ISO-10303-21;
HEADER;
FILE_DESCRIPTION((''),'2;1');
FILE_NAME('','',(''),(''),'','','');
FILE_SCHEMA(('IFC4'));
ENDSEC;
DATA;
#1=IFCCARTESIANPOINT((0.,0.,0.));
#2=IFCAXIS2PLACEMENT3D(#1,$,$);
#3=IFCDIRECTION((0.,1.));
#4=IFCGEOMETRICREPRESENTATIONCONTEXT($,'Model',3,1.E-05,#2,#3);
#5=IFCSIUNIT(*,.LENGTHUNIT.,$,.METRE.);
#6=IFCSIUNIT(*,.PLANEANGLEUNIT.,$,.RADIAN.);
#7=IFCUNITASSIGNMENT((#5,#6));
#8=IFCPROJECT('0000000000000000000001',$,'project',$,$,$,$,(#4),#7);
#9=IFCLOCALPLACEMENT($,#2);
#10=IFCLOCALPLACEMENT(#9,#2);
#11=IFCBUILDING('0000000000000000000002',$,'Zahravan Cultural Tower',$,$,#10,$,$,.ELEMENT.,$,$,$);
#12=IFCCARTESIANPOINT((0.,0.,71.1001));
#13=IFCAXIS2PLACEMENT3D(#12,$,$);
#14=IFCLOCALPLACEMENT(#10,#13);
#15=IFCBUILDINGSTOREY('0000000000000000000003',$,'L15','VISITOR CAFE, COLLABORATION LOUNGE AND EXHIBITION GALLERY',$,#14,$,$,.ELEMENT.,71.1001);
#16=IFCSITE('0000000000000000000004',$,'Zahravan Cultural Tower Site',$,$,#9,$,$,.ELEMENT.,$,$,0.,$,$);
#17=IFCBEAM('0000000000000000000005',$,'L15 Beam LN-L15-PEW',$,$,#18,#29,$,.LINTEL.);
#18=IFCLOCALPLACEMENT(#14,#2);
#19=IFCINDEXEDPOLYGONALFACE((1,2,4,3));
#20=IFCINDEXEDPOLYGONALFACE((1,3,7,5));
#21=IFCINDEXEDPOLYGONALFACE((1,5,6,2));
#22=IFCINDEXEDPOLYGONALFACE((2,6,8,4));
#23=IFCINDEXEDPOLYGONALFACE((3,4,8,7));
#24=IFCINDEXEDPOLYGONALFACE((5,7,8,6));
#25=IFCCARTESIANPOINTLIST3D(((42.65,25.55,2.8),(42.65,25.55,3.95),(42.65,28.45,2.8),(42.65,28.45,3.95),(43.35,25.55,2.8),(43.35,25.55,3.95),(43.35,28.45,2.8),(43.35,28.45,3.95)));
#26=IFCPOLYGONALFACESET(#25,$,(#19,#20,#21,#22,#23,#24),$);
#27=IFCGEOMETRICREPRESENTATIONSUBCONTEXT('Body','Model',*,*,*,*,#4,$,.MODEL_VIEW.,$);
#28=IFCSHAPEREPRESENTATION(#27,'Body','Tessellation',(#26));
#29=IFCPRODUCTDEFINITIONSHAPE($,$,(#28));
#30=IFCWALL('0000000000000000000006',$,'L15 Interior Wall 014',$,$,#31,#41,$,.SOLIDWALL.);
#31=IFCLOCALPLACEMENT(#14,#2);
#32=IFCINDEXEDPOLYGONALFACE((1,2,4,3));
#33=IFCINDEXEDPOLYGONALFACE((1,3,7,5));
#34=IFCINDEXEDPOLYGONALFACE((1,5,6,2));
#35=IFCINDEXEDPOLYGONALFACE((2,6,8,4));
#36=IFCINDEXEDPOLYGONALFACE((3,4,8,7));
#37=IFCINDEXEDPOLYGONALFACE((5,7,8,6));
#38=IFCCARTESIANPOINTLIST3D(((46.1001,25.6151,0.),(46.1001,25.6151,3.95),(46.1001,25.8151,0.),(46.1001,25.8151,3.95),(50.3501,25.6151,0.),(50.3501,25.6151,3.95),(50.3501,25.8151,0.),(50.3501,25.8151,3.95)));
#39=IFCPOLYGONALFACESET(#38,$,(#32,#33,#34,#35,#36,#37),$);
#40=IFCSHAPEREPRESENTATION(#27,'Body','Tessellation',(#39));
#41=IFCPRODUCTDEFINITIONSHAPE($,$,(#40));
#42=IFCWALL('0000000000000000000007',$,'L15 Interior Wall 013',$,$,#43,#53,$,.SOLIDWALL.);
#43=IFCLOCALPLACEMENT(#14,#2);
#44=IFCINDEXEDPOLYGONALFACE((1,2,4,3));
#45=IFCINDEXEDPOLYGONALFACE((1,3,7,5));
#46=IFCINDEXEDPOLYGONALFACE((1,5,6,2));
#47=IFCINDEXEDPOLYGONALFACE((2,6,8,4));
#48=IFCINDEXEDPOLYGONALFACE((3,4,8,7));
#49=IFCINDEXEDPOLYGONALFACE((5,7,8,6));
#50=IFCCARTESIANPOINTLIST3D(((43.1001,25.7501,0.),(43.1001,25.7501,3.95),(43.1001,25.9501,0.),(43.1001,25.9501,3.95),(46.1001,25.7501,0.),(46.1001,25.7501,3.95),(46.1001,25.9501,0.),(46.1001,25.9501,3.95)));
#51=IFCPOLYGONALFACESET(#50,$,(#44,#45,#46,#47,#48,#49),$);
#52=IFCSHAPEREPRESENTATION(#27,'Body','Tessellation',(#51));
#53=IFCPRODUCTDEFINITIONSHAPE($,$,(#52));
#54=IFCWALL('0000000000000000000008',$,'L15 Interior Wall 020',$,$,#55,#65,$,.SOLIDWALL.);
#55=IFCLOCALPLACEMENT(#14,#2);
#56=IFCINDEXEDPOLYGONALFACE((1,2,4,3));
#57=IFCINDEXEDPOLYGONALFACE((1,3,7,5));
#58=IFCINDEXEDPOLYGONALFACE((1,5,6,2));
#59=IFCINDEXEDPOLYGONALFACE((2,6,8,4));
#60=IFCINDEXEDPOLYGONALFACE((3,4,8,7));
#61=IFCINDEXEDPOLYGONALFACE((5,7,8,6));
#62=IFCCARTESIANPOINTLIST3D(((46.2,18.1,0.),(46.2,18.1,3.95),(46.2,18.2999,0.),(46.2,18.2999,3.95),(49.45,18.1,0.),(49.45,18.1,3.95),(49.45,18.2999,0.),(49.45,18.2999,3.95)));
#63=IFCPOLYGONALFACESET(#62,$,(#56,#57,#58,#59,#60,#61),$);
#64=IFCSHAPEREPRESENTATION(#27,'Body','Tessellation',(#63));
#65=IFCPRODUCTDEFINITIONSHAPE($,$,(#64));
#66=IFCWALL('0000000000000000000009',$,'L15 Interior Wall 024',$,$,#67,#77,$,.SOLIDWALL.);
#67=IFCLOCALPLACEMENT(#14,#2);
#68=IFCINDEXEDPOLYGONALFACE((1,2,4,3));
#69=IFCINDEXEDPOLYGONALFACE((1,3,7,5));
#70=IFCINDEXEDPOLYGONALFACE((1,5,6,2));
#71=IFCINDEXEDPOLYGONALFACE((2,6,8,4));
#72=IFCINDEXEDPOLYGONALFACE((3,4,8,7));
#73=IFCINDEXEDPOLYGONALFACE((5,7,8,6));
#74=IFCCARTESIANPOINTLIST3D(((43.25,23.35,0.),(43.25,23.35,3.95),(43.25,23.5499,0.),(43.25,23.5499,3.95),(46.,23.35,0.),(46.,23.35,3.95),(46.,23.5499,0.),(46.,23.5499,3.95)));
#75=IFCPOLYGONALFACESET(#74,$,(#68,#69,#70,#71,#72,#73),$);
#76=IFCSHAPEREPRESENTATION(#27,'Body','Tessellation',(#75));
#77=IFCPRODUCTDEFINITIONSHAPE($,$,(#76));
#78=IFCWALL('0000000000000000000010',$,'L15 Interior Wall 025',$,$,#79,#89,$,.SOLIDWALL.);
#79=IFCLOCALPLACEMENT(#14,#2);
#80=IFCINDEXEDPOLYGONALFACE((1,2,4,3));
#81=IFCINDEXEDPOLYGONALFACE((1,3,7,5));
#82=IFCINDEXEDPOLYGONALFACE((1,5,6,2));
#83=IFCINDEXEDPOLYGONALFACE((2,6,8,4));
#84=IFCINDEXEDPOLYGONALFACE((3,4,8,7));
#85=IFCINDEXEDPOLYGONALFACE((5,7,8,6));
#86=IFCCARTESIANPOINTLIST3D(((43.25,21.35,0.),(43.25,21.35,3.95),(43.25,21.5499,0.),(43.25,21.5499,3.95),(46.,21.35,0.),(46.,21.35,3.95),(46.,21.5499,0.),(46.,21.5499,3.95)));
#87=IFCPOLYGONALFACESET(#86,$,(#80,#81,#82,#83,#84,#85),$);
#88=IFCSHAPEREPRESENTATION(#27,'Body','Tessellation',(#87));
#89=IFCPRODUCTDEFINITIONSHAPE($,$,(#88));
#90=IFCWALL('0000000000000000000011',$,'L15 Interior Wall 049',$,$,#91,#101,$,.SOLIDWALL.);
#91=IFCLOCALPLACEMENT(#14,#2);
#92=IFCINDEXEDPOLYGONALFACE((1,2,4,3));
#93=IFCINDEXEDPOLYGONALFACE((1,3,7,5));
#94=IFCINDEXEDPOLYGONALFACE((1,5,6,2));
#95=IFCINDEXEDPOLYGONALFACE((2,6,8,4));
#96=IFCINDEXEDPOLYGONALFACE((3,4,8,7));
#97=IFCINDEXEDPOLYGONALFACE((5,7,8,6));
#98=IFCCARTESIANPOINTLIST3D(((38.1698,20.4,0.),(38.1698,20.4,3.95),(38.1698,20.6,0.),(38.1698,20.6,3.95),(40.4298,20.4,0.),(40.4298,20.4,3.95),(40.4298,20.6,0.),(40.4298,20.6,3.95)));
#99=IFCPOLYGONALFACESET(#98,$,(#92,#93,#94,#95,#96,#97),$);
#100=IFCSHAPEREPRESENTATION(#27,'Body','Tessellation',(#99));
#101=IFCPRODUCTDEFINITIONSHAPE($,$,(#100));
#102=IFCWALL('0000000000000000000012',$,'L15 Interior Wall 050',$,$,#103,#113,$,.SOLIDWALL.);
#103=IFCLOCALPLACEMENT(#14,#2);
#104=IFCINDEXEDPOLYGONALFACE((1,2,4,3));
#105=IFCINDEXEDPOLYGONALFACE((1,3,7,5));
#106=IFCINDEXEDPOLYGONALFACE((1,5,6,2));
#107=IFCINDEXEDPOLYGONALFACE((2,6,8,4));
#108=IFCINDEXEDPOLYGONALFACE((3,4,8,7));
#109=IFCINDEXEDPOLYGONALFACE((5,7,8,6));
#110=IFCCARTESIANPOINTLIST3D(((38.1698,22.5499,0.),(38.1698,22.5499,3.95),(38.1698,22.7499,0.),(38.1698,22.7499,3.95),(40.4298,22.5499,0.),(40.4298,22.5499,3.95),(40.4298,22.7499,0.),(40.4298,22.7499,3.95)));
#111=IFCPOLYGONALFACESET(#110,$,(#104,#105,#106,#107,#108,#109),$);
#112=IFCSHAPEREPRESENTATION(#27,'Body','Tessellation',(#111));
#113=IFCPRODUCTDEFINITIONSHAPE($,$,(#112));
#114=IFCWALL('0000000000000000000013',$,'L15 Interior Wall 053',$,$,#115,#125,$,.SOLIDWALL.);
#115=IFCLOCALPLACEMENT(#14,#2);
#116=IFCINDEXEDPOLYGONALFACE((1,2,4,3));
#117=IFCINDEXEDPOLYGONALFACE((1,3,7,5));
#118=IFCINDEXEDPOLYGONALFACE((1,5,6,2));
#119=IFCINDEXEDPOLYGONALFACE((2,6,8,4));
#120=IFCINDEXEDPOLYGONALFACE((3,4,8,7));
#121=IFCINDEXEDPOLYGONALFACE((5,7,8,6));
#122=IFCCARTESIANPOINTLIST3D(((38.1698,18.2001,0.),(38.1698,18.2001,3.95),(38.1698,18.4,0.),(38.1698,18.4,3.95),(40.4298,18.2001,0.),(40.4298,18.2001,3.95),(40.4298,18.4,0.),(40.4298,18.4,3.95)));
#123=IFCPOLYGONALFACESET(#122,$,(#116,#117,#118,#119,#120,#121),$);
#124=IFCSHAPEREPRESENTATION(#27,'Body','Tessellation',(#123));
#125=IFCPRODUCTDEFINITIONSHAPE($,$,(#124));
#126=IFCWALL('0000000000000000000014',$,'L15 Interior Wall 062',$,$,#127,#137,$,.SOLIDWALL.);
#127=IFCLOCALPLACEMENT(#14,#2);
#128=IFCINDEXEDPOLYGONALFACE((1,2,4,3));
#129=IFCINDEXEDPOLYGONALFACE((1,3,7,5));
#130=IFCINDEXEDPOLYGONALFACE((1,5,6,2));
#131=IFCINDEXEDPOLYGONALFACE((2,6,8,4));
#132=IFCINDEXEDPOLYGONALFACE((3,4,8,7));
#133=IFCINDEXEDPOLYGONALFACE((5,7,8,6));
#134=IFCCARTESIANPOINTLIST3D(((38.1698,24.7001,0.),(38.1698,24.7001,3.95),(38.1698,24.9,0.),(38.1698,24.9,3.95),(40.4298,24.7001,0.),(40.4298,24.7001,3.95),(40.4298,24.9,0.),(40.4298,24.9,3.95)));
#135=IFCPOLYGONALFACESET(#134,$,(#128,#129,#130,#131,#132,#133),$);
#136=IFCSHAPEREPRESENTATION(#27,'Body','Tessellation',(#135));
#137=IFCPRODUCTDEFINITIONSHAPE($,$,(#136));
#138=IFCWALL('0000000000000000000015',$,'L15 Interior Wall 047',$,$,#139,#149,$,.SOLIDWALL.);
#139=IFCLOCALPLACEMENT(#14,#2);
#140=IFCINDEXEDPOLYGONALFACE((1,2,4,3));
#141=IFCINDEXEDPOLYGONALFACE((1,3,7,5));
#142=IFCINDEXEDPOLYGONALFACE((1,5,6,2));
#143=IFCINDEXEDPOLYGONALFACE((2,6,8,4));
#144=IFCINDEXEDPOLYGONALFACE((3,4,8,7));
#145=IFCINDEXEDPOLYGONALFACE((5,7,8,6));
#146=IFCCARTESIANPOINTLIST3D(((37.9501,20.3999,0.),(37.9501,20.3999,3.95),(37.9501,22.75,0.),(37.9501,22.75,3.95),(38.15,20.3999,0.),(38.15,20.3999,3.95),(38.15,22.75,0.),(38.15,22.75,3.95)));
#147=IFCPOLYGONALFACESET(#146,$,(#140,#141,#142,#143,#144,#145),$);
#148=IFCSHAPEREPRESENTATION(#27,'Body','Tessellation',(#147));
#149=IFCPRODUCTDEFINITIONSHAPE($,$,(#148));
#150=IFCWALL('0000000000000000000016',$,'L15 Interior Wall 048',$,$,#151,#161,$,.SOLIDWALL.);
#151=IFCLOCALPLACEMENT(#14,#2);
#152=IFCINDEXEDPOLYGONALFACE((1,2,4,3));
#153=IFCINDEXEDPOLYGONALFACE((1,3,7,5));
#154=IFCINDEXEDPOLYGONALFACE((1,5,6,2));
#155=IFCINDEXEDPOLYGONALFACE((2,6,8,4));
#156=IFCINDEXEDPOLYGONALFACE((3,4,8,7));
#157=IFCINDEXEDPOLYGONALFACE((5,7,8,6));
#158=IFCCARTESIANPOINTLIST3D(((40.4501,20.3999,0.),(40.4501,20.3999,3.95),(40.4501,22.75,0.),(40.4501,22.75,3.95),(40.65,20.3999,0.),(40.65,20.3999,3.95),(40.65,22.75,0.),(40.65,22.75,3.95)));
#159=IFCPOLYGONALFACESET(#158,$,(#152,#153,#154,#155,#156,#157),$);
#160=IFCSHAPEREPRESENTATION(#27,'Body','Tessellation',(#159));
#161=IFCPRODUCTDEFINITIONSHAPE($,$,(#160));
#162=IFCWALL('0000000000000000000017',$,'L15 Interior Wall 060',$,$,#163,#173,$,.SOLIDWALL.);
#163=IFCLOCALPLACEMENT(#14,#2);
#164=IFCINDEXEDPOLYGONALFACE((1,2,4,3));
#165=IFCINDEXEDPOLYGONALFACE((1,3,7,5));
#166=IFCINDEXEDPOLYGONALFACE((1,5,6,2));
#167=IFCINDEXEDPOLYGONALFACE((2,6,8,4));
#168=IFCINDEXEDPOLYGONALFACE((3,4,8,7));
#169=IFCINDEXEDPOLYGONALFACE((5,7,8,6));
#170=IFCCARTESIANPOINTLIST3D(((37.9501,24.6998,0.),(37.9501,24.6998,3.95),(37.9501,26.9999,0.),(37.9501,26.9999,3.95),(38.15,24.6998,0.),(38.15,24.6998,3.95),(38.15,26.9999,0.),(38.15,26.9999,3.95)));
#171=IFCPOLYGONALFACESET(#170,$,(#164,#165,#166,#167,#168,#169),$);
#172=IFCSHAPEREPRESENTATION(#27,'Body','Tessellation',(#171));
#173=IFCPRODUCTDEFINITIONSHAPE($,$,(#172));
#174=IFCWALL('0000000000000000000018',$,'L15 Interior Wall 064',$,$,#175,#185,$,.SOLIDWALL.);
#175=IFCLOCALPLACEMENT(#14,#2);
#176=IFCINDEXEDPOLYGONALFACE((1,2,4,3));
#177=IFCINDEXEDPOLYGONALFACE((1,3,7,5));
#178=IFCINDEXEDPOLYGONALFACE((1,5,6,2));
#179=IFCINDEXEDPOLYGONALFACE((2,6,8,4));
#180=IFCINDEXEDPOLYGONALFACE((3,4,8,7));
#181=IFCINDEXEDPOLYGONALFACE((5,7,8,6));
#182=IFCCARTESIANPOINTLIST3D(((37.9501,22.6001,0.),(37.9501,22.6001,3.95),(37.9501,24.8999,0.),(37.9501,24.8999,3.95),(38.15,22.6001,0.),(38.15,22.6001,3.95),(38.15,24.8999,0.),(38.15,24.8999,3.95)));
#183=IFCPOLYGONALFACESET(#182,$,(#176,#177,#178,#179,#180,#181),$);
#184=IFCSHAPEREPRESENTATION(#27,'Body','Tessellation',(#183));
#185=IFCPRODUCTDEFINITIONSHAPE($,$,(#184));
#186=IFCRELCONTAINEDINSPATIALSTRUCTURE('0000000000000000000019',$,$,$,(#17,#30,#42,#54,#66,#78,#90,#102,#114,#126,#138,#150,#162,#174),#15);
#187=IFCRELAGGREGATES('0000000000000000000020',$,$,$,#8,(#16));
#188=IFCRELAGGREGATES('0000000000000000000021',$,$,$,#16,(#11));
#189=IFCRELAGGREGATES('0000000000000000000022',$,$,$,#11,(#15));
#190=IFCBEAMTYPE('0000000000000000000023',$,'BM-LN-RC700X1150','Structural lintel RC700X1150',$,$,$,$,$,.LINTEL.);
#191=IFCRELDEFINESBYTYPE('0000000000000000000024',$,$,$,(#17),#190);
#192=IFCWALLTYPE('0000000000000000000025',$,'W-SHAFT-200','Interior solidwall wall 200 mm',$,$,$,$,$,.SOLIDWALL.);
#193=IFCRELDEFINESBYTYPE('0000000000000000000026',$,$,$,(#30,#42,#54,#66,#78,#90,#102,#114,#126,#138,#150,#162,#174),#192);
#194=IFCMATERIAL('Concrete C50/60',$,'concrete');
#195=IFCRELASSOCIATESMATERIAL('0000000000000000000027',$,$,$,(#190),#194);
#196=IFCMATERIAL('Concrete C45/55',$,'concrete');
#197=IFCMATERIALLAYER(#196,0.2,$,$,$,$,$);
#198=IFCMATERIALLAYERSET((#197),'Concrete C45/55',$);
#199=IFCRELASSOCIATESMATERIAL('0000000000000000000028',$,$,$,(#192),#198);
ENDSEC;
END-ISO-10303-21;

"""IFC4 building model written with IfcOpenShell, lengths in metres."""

from ifc_helpers import new_model, si_unit, direction, frame, frame_2d, origin, origin_2d, place, context, subcontext, project, spatial, rectangle, extrude, source, transform, mapped, material, layer, layer_set, material_profile, profile_set, type_object, element, save


model = new_model("IFC4")

# Units and contexts
model_context = context("Model", 3, precision=1e-05, world=origin(), true_north=direction((0.0, 1.0)))
body_context = subcontext(model_context, "Body", "Model", "MODEL_VIEW")
ifc_project = project(units=[si_unit("LENGTHUNIT", "METRE"), si_unit("PLANEANGLEUNIT", "RADIAN")], contexts=[model_context])

# Site, building, storey
site_placement = place(None, origin())
site = spatial("IfcSite", under=ifc_project, at=site_placement, Name="Zahravan Cultural Tower Site", CompositionType="ELEMENT", RefElevation=0.0)
building_placement = place(site_placement, origin())
building = spatial("IfcBuilding", under=site, at=building_placement, Name="Zahravan Cultural Tower", CompositionType="ELEMENT")
storey_placement = place(building_placement, frame((0.0, 0.0, 71.1001)))
storey = spatial("IfcBuildingStorey", under=building, at=storey_placement, Name="L15", Description="VISITOR CAFE, COLLABORATION LOUNGE AND EXHIBITION GALLERY", CompositionType="ELEMENT", Elevation=71.1001)

# Beam
ifc_material_1 = material(Name="Concrete C50/60", Category="concrete")
ifc_material_profile = material_profile(ifc_material_1, rectangle(XDim=0.7, YDim=1.1499, at=origin_2d()), Name="RC700X1150")
ifc_profile_set = profile_set([ifc_material_profile], Name="Concrete C50/60")
beam_type = type_object("IfcBeamType", Name="BM-LN-RC700X1150", Description="Structural lintel RC700X1150", PredefinedType="LINTEL", material=ifc_profile_set)
shared_shape_1 = source(origin(), body_context, "Body", "SweptSolid", [
    extrude(rectangle(XDim=0.7, YDim=1.1499, at=origin_2d()), origin(), (0.0, 0.0, 1.0), 2.8999),
])
beam_placement = place(storey_placement, frame((43.0, 25.55, 3.375), z_axis=(0.0, 1.0, 0.0), x_axis=(-1.0, 0.0, 0.0)))
element("IfcBeam", 1, at=beam_placement, inside=storey, type_object=beam_type, Name="L15 Beam LN-L15-PEW", PredefinedType="LINTEL", context=body_context, shape_type="MappedRepresentation", body=[
    mapped(shared_shape_1, transform((0.0, 0.0, 0.0), x_axis=(1.0, 0.0, 0.0), y_axis=(0.0, 1.0, 0.0), z_axis=(0.0, 0.0, 1.0), scale=1.0)),
])

# Shared definitions
ifc_material_2 = material(Name="Concrete C45/55", Category="concrete")
ifc_layer_1 = layer(ifc_material_2, 0.2)
ifc_layer_set_1 = layer_set([ifc_layer_1], Name="Concrete C45/55")
wall_type_1 = type_object("IfcWallType", Name="W-SHAFT-200", Description="Interior solidwall wall 200 mm", PredefinedType="SOLIDWALL", material=ifc_layer_set_1)

# Walls
shared_shape_2 = source(origin(), body_context, "Body", "SweptSolid", [
    extrude(rectangle(XDim=4.25, YDim=0.2, at=frame_2d((2.125, 0.0))), origin(), (0.0, 0.0, 1.0), 3.95),
])
wall_1_placement = place(storey_placement, frame((46.1001, 25.7151, 0.0), z_axis=(0.0, 0.0, 1.0), x_axis=(1.0, 0.0, 0.0)))
element("IfcWall", 2, at=wall_1_placement, inside=storey, type_object=wall_type_1, Name="L15 Interior Wall 014", PredefinedType="SOLIDWALL", context=body_context, shape_type="MappedRepresentation", body=[
    mapped(shared_shape_2, transform((0.0, 0.0, 0.0), x_axis=(1.0, 0.0, 0.0), y_axis=(0.0, 1.0, 0.0), z_axis=(0.0, 0.0, 1.0), scale=1.0)),
])
shared_shape_3 = source(origin(), body_context, "Body", "SweptSolid", [
    extrude(rectangle(XDim=3.0, YDim=0.2, at=frame_2d((1.5, 0.0))), origin(), (0.0, 0.0, 1.0), 3.95),
])
wall_2_placement = place(storey_placement, frame((43.1001, 25.8501, 0.0), z_axis=(0.0, 0.0, 1.0), x_axis=(1.0, 0.0, 0.0)))
element("IfcWall", 3, at=wall_2_placement, inside=storey, type_object=wall_type_1, Name="L15 Interior Wall 013", PredefinedType="SOLIDWALL", context=body_context, shape_type="MappedRepresentation", body=[
    mapped(shared_shape_3, transform((0.0, 0.0, 0.0), x_axis=(1.0, 0.0, 0.0), y_axis=(0.0, 1.0, 0.0), z_axis=(0.0, 0.0, 1.0), scale=1.0)),
])
shared_shape_4 = source(origin(), body_context, "Body", "SweptSolid", [
    extrude(rectangle(XDim=3.25, YDim=0.2, at=frame_2d((1.625, 0.0))), origin(), (0.0, 0.0, 1.0), 3.95),
])
wall_3_placement = place(storey_placement, frame((46.2, 18.2, 0.0), z_axis=(0.0, 0.0, 1.0), x_axis=(1.0, 0.0, 0.0)))
element("IfcWall", 4, at=wall_3_placement, inside=storey, type_object=wall_type_1, Name="L15 Interior Wall 020", PredefinedType="SOLIDWALL", context=body_context, shape_type="MappedRepresentation", body=[
    mapped(shared_shape_4, transform((0.0, 0.0, 0.0), x_axis=(1.0, 0.0, 0.0), y_axis=(0.0, 1.0, 0.0), z_axis=(0.0, 0.0, 1.0), scale=1.0)),
])
shared_shape_5 = source(origin(), body_context, "Body", "SweptSolid", [
    extrude(rectangle(XDim=2.75, YDim=0.2, at=frame_2d((1.375, 0.0))), origin(), (0.0, 0.0, 1.0), 3.95),
])
for number, where, z_axis, x_axis, name in (
    (5, (43.25, 23.45, 0.0), (0.0, 0.0, 1.0), (1.0, 0.0, 0.0), "L15 Interior Wall 024"),
    (6, (43.25, 21.45, 0.0), (0.0, 0.0, 1.0), (1.0, 0.0, 0.0), "L15 Interior Wall 025"),
):
    element("IfcWall", number, at=place(storey_placement, frame(where, z_axis=z_axis, x_axis=x_axis)), inside=storey, type_object=wall_type_1, Name=name, PredefinedType="SOLIDWALL", context=body_context, shape_type="MappedRepresentation", body=[
        mapped(shared_shape_5, transform((0.0, 0.0, 0.0), x_axis=(1.0, 0.0, 0.0), y_axis=(0.0, 1.0, 0.0), z_axis=(0.0, 0.0, 1.0), scale=1.0)),
    ])
shared_shape_6 = source(origin(), body_context, "Body", "SweptSolid", [
    extrude(rectangle(XDim=2.26, YDim=0.2, at=frame_2d((1.1299, 0.0))), origin(), (0.0, 0.0, 1.0), 3.95),
])
for number, where, z_axis, x_axis, name in (
    (7, (38.1699, 20.5, 0.0), (0.0, 0.0, 1.0), (1.0, 0.0, 0.0), "L15 Interior Wall 049"),
    (8, (38.1699, 22.6499, 0.0), (0.0, 0.0, 1.0), (1.0, 0.0, 0.0), "L15 Interior Wall 050"),
    (9, (38.1699, 18.3, 0.0), (0.0, 0.0, 1.0), (1.0, 0.0, 0.0), "L15 Interior Wall 053"),
    (10, (38.1699, 24.8, 0.0), (0.0, 0.0, 1.0), (1.0, 0.0, 0.0), "L15 Interior Wall 062"),
):
    element("IfcWall", number, at=place(storey_placement, frame(where, z_axis=z_axis, x_axis=x_axis)), inside=storey, type_object=wall_type_1, Name=name, PredefinedType="SOLIDWALL", context=body_context, shape_type="MappedRepresentation", body=[
        mapped(shared_shape_6, transform((0.0, 0.0, 0.0), x_axis=(1.0, 0.0, 0.0), y_axis=(0.0, 1.0, 0.0), z_axis=(0.0, 0.0, 1.0), scale=1.0)),
    ])
shared_shape_7 = source(origin(), body_context, "Body", "SweptSolid", [
    extrude(rectangle(XDim=2.3501, YDim=0.2, at=frame_2d((1.175, 0.0))), origin(), (0.0, 0.0, 1.0), 3.95),
])
for number, where, z_axis, x_axis, name in (
    (11, (38.05, 20.3999, 0.0), (0.0, 0.0, 1.0), (0.0, 1.0, 0.0), "L15 Interior Wall 047"),
    (12, (40.55, 20.3999, 0.0), (0.0, 0.0, 1.0), (0.0, 1.0, 0.0), "L15 Interior Wall 048"),
):
    element("IfcWall", number, at=place(storey_placement, frame(where, z_axis=z_axis, x_axis=x_axis)), inside=storey, type_object=wall_type_1, Name=name, PredefinedType="SOLIDWALL", context=body_context, shape_type="MappedRepresentation", body=[
        mapped(shared_shape_7, transform((0.0, 0.0, 0.0), x_axis=(1.0, 0.0, 0.0), y_axis=(0.0, 1.0, 0.0), z_axis=(0.0, 0.0, 1.0), scale=1.0)),
    ])
shared_shape_8 = source(origin(), body_context, "Body", "SweptSolid", [
    extrude(rectangle(XDim=2.3, YDim=0.2, at=frame_2d((1.1499, 0.0))), origin(), (0.0, 0.0, 1.0), 3.95),
])
wall_4_placement = place(storey_placement, frame((38.05, 24.7, 0.0), z_axis=(0.0, 0.0, 1.0), x_axis=(0.0, 1.0, 0.0)))
element("IfcWall", 13, at=wall_4_placement, inside=storey, type_object=wall_type_1, Name="L15 Interior Wall 060", PredefinedType="SOLIDWALL", context=body_context, shape_type="MappedRepresentation", body=[
    mapped(shared_shape_8, transform((0.0, 0.0, 0.0), x_axis=(1.0, 0.0, 0.0), y_axis=(0.0, 1.0, 0.0), z_axis=(0.0, 0.0, 1.0), scale=1.0)),
])
shared_shape_9 = source(origin(), body_context, "Body", "SweptSolid", [
    extrude(rectangle(XDim=2.2998, YDim=0.2, at=frame_2d((1.1499, 0.0))), origin(), (0.0, 0.0, 1.0), 3.95),
])
wall_5_placement = place(storey_placement, frame((38.05, 22.6001, 0.0), z_axis=(0.0, 0.0, 1.0), x_axis=(0.0, 1.0, 0.0)))
element("IfcWall", 14, at=wall_5_placement, inside=storey, type_object=wall_type_1, Name="L15 Interior Wall 064", PredefinedType="SOLIDWALL", context=body_context, shape_type="MappedRepresentation", body=[
    mapped(shared_shape_9, transform((0.0, 0.0, 0.0), x_axis=(1.0, 0.0, 0.0), y_axis=(0.0, 1.0, 0.0), z_axis=(0.0, 0.0, 1.0), scale=1.0)),
])

save(model, "model.ifc")
